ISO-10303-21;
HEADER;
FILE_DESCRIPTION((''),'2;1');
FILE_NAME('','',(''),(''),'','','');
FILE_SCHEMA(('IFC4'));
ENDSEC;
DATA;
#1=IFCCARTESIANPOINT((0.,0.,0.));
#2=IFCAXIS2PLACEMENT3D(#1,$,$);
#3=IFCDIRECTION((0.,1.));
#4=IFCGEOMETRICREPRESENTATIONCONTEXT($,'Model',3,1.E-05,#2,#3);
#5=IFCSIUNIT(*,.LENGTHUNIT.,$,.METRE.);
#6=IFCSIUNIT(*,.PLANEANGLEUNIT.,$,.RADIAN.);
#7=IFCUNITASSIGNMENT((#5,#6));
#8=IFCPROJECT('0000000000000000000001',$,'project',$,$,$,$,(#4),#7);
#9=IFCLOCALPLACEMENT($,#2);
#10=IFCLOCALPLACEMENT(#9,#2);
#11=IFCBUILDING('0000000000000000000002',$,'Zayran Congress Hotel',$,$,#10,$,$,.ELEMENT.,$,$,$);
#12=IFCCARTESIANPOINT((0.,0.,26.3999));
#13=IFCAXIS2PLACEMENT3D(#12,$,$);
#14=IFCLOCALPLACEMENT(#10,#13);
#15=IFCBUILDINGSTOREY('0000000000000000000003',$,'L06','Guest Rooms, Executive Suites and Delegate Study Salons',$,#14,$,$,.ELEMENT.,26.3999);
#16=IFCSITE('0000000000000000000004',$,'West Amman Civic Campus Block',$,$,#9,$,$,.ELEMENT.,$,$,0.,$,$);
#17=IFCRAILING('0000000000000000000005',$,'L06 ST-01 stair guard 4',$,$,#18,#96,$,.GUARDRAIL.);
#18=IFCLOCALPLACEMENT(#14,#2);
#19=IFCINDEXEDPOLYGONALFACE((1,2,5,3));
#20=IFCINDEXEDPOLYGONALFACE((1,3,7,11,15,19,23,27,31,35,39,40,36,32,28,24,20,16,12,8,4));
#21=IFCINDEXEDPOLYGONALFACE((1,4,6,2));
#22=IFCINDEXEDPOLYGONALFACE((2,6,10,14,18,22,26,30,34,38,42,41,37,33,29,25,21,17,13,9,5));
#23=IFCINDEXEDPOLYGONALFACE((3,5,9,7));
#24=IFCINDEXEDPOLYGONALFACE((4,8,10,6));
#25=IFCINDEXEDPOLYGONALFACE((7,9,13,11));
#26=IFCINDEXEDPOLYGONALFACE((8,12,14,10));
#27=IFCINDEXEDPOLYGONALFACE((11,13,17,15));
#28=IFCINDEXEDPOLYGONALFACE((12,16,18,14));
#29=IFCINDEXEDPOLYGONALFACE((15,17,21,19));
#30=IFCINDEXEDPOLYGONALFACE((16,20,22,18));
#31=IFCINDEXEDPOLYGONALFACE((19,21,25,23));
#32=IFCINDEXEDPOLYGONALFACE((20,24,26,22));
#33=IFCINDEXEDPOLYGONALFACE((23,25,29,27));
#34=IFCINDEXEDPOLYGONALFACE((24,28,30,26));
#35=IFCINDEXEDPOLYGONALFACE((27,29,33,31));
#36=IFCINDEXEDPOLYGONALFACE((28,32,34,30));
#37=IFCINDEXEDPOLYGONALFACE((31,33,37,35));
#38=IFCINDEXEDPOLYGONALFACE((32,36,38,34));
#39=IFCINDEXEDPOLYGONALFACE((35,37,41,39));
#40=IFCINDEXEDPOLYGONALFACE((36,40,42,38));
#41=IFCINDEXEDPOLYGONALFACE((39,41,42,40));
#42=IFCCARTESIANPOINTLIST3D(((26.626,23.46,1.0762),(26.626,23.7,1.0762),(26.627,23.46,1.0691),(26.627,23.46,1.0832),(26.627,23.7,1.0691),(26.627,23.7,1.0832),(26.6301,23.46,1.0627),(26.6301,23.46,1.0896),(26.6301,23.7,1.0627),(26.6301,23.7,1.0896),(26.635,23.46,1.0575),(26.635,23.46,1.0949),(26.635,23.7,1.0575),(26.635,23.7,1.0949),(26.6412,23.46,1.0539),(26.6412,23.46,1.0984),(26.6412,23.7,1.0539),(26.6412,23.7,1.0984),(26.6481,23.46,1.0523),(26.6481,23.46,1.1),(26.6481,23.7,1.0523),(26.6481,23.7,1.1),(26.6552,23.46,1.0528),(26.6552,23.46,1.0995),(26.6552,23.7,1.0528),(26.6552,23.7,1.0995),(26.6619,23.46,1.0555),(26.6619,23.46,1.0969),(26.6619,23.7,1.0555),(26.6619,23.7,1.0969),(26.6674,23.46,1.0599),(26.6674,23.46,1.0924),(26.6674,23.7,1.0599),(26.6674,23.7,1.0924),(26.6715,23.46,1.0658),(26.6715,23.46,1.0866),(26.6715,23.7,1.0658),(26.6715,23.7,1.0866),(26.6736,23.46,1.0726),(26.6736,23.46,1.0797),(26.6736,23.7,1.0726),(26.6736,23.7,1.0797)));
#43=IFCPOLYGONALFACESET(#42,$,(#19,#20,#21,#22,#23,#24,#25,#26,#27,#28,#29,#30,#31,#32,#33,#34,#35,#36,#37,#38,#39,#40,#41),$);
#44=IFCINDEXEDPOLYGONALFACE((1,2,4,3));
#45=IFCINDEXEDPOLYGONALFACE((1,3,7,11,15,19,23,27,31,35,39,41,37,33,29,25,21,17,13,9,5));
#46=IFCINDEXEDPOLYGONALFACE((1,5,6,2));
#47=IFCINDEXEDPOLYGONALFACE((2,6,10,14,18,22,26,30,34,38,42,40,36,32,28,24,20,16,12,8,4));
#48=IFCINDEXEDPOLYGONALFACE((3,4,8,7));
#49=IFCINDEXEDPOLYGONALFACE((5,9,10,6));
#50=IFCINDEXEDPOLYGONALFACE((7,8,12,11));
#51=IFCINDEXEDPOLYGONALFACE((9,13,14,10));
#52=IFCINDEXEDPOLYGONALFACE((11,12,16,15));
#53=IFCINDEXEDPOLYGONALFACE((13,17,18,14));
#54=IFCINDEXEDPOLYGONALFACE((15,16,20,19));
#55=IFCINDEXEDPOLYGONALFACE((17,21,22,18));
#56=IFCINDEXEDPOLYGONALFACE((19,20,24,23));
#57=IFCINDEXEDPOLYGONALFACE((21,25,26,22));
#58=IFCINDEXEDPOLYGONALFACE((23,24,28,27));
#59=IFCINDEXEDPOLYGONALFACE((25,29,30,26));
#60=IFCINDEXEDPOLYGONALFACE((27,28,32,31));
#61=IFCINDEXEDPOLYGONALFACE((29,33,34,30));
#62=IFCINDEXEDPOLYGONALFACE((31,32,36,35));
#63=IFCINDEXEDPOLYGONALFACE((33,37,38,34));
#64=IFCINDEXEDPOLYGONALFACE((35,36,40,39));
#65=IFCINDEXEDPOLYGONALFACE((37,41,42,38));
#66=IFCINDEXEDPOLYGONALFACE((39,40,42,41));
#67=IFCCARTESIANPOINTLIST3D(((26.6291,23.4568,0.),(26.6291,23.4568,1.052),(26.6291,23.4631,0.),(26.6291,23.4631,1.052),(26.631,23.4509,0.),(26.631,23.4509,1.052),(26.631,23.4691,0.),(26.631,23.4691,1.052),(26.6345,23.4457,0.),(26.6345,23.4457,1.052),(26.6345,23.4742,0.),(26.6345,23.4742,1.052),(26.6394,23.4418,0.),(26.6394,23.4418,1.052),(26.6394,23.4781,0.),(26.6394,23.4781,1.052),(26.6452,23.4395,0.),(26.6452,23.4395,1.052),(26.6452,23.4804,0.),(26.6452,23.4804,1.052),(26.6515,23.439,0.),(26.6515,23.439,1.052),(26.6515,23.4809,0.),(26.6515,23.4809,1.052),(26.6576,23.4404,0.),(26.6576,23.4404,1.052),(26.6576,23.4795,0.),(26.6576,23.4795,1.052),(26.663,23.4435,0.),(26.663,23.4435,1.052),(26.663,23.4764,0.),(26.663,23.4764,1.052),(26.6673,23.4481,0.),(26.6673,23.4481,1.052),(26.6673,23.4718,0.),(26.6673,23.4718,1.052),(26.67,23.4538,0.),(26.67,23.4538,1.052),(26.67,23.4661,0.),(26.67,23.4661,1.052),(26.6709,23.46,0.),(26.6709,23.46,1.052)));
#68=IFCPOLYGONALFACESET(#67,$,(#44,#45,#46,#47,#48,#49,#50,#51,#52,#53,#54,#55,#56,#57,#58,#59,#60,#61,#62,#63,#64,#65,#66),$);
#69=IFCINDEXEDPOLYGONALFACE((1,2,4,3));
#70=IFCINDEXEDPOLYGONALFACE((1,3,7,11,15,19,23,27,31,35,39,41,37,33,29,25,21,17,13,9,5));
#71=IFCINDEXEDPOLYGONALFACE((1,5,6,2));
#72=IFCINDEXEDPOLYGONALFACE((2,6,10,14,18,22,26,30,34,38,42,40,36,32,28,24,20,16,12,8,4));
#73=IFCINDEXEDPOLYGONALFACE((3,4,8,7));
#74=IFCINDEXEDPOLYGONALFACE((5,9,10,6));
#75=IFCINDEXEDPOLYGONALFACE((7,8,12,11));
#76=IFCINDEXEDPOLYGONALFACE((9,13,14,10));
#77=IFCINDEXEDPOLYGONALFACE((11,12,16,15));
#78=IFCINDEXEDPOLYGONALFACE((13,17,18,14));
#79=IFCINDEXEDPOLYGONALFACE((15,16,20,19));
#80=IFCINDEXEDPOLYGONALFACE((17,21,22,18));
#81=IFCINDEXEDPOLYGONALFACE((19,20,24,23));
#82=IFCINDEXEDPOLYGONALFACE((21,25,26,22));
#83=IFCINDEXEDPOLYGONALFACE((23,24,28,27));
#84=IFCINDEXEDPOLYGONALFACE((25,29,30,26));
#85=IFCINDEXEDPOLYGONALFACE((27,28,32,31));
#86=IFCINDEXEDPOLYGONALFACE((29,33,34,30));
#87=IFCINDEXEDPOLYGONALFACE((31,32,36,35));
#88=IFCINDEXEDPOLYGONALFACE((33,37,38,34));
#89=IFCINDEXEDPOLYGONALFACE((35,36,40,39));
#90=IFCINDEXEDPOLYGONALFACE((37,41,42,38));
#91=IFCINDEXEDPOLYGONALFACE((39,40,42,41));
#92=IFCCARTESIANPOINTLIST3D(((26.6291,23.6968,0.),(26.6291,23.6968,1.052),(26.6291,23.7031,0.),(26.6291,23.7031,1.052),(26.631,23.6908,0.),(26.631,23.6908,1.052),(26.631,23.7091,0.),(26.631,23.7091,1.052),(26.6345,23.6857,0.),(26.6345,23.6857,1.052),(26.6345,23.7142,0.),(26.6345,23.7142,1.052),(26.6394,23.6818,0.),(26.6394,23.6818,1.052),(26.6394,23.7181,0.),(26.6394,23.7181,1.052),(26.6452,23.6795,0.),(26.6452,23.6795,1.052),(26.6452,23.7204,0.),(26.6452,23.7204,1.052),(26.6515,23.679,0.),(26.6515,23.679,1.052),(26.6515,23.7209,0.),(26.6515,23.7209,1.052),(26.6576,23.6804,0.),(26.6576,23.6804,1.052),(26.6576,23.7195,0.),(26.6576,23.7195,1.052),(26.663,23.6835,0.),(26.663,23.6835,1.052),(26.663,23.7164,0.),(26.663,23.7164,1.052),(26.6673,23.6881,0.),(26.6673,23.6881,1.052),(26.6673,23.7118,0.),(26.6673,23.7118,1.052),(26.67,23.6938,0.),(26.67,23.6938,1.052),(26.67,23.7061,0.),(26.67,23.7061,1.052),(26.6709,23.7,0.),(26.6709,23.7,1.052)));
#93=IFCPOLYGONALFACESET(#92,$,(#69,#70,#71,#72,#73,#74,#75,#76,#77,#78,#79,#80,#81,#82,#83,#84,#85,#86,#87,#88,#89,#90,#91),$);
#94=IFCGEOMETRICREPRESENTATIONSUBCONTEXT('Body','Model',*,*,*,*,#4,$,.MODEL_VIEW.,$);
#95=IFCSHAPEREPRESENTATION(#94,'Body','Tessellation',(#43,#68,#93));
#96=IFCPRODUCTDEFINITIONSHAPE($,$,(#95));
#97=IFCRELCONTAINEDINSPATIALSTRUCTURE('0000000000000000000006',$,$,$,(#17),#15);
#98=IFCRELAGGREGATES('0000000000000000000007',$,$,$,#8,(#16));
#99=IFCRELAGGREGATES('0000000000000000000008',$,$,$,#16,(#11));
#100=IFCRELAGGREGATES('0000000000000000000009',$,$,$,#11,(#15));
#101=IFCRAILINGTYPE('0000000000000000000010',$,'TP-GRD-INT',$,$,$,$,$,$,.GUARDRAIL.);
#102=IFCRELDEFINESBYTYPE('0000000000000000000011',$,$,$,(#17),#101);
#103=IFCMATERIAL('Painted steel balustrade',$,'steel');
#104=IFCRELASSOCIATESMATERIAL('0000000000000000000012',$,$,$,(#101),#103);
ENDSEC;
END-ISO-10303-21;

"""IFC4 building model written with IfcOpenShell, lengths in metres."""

from ifc_helpers import new_model, si_unit, direction, frame, origin, origin_2d, place, context, subcontext, project, spatial, circle, extrude, material, type_object, element, save


model = new_model("IFC4")

# Units and contexts
model_context = context("Model", 3, precision=1e-05, world=origin(), true_north=direction((0.0, 1.0)))
body_context = subcontext(model_context, "Body", "Model", "MODEL_VIEW")
ifc_project = project(units=[si_unit("LENGTHUNIT", "METRE"), si_unit("PLANEANGLEUNIT", "RADIAN")], contexts=[model_context])

# Site, building, storey
site_placement = place(None, origin())
site = spatial("IfcSite", under=ifc_project, at=site_placement, Name="West Amman Civic Campus Block", CompositionType="ELEMENT", RefElevation=0.0)
building_placement = place(site_placement, origin())
building = spatial("IfcBuilding", under=site, at=building_placement, Name="Zayran Congress Hotel", CompositionType="ELEMENT")
storey_placement = place(building_placement, frame((0.0, 0.0, 26.3999)))
storey = spatial("IfcBuildingStorey", under=building, at=storey_placement, Name="L06", Description="Guest Rooms, Executive Suites and Delegate Study Salons", CompositionType="ELEMENT", Elevation=26.3999)

# Railing
ifc_material_1 = material(Name="Painted steel balustrade", Category="steel")
railing_type_1 = type_object("IfcRailingType", Name="TP-GRD-INT", PredefinedType="GUARDRAIL", material=ifc_material_1)
railing_1_placement = place(storey_placement, frame((26.6499, 23.46, 0.0)))
element("IfcRailing", 1, at=railing_1_placement, inside=storey, type_object=railing_type_1, Name="L06 ST-01 stair guard 4", PredefinedType="GUARDRAIL", context=body_context, shape_type="SweptSolid", body=[
    extrude(circle(Radius=0.0239, at=origin_2d()), frame((0.0, 0.0, 1.0762), z_axis=(0.0, 1.0, 0.0), x_axis=(-1.0, 0.0, 0.0)), (0.0, 0.0, 1.0), 0.24),
    extrude(circle(Radius=0.021, at=origin_2d()), origin(), (0.0, 0.0, 1.0), 1.052),
    extrude(circle(Radius=0.021, at=origin_2d()), frame((0.0, 0.24, 0.0)), (0.0, 0.0, 1.0), 1.052),
])

save(model, "model.ifc")
